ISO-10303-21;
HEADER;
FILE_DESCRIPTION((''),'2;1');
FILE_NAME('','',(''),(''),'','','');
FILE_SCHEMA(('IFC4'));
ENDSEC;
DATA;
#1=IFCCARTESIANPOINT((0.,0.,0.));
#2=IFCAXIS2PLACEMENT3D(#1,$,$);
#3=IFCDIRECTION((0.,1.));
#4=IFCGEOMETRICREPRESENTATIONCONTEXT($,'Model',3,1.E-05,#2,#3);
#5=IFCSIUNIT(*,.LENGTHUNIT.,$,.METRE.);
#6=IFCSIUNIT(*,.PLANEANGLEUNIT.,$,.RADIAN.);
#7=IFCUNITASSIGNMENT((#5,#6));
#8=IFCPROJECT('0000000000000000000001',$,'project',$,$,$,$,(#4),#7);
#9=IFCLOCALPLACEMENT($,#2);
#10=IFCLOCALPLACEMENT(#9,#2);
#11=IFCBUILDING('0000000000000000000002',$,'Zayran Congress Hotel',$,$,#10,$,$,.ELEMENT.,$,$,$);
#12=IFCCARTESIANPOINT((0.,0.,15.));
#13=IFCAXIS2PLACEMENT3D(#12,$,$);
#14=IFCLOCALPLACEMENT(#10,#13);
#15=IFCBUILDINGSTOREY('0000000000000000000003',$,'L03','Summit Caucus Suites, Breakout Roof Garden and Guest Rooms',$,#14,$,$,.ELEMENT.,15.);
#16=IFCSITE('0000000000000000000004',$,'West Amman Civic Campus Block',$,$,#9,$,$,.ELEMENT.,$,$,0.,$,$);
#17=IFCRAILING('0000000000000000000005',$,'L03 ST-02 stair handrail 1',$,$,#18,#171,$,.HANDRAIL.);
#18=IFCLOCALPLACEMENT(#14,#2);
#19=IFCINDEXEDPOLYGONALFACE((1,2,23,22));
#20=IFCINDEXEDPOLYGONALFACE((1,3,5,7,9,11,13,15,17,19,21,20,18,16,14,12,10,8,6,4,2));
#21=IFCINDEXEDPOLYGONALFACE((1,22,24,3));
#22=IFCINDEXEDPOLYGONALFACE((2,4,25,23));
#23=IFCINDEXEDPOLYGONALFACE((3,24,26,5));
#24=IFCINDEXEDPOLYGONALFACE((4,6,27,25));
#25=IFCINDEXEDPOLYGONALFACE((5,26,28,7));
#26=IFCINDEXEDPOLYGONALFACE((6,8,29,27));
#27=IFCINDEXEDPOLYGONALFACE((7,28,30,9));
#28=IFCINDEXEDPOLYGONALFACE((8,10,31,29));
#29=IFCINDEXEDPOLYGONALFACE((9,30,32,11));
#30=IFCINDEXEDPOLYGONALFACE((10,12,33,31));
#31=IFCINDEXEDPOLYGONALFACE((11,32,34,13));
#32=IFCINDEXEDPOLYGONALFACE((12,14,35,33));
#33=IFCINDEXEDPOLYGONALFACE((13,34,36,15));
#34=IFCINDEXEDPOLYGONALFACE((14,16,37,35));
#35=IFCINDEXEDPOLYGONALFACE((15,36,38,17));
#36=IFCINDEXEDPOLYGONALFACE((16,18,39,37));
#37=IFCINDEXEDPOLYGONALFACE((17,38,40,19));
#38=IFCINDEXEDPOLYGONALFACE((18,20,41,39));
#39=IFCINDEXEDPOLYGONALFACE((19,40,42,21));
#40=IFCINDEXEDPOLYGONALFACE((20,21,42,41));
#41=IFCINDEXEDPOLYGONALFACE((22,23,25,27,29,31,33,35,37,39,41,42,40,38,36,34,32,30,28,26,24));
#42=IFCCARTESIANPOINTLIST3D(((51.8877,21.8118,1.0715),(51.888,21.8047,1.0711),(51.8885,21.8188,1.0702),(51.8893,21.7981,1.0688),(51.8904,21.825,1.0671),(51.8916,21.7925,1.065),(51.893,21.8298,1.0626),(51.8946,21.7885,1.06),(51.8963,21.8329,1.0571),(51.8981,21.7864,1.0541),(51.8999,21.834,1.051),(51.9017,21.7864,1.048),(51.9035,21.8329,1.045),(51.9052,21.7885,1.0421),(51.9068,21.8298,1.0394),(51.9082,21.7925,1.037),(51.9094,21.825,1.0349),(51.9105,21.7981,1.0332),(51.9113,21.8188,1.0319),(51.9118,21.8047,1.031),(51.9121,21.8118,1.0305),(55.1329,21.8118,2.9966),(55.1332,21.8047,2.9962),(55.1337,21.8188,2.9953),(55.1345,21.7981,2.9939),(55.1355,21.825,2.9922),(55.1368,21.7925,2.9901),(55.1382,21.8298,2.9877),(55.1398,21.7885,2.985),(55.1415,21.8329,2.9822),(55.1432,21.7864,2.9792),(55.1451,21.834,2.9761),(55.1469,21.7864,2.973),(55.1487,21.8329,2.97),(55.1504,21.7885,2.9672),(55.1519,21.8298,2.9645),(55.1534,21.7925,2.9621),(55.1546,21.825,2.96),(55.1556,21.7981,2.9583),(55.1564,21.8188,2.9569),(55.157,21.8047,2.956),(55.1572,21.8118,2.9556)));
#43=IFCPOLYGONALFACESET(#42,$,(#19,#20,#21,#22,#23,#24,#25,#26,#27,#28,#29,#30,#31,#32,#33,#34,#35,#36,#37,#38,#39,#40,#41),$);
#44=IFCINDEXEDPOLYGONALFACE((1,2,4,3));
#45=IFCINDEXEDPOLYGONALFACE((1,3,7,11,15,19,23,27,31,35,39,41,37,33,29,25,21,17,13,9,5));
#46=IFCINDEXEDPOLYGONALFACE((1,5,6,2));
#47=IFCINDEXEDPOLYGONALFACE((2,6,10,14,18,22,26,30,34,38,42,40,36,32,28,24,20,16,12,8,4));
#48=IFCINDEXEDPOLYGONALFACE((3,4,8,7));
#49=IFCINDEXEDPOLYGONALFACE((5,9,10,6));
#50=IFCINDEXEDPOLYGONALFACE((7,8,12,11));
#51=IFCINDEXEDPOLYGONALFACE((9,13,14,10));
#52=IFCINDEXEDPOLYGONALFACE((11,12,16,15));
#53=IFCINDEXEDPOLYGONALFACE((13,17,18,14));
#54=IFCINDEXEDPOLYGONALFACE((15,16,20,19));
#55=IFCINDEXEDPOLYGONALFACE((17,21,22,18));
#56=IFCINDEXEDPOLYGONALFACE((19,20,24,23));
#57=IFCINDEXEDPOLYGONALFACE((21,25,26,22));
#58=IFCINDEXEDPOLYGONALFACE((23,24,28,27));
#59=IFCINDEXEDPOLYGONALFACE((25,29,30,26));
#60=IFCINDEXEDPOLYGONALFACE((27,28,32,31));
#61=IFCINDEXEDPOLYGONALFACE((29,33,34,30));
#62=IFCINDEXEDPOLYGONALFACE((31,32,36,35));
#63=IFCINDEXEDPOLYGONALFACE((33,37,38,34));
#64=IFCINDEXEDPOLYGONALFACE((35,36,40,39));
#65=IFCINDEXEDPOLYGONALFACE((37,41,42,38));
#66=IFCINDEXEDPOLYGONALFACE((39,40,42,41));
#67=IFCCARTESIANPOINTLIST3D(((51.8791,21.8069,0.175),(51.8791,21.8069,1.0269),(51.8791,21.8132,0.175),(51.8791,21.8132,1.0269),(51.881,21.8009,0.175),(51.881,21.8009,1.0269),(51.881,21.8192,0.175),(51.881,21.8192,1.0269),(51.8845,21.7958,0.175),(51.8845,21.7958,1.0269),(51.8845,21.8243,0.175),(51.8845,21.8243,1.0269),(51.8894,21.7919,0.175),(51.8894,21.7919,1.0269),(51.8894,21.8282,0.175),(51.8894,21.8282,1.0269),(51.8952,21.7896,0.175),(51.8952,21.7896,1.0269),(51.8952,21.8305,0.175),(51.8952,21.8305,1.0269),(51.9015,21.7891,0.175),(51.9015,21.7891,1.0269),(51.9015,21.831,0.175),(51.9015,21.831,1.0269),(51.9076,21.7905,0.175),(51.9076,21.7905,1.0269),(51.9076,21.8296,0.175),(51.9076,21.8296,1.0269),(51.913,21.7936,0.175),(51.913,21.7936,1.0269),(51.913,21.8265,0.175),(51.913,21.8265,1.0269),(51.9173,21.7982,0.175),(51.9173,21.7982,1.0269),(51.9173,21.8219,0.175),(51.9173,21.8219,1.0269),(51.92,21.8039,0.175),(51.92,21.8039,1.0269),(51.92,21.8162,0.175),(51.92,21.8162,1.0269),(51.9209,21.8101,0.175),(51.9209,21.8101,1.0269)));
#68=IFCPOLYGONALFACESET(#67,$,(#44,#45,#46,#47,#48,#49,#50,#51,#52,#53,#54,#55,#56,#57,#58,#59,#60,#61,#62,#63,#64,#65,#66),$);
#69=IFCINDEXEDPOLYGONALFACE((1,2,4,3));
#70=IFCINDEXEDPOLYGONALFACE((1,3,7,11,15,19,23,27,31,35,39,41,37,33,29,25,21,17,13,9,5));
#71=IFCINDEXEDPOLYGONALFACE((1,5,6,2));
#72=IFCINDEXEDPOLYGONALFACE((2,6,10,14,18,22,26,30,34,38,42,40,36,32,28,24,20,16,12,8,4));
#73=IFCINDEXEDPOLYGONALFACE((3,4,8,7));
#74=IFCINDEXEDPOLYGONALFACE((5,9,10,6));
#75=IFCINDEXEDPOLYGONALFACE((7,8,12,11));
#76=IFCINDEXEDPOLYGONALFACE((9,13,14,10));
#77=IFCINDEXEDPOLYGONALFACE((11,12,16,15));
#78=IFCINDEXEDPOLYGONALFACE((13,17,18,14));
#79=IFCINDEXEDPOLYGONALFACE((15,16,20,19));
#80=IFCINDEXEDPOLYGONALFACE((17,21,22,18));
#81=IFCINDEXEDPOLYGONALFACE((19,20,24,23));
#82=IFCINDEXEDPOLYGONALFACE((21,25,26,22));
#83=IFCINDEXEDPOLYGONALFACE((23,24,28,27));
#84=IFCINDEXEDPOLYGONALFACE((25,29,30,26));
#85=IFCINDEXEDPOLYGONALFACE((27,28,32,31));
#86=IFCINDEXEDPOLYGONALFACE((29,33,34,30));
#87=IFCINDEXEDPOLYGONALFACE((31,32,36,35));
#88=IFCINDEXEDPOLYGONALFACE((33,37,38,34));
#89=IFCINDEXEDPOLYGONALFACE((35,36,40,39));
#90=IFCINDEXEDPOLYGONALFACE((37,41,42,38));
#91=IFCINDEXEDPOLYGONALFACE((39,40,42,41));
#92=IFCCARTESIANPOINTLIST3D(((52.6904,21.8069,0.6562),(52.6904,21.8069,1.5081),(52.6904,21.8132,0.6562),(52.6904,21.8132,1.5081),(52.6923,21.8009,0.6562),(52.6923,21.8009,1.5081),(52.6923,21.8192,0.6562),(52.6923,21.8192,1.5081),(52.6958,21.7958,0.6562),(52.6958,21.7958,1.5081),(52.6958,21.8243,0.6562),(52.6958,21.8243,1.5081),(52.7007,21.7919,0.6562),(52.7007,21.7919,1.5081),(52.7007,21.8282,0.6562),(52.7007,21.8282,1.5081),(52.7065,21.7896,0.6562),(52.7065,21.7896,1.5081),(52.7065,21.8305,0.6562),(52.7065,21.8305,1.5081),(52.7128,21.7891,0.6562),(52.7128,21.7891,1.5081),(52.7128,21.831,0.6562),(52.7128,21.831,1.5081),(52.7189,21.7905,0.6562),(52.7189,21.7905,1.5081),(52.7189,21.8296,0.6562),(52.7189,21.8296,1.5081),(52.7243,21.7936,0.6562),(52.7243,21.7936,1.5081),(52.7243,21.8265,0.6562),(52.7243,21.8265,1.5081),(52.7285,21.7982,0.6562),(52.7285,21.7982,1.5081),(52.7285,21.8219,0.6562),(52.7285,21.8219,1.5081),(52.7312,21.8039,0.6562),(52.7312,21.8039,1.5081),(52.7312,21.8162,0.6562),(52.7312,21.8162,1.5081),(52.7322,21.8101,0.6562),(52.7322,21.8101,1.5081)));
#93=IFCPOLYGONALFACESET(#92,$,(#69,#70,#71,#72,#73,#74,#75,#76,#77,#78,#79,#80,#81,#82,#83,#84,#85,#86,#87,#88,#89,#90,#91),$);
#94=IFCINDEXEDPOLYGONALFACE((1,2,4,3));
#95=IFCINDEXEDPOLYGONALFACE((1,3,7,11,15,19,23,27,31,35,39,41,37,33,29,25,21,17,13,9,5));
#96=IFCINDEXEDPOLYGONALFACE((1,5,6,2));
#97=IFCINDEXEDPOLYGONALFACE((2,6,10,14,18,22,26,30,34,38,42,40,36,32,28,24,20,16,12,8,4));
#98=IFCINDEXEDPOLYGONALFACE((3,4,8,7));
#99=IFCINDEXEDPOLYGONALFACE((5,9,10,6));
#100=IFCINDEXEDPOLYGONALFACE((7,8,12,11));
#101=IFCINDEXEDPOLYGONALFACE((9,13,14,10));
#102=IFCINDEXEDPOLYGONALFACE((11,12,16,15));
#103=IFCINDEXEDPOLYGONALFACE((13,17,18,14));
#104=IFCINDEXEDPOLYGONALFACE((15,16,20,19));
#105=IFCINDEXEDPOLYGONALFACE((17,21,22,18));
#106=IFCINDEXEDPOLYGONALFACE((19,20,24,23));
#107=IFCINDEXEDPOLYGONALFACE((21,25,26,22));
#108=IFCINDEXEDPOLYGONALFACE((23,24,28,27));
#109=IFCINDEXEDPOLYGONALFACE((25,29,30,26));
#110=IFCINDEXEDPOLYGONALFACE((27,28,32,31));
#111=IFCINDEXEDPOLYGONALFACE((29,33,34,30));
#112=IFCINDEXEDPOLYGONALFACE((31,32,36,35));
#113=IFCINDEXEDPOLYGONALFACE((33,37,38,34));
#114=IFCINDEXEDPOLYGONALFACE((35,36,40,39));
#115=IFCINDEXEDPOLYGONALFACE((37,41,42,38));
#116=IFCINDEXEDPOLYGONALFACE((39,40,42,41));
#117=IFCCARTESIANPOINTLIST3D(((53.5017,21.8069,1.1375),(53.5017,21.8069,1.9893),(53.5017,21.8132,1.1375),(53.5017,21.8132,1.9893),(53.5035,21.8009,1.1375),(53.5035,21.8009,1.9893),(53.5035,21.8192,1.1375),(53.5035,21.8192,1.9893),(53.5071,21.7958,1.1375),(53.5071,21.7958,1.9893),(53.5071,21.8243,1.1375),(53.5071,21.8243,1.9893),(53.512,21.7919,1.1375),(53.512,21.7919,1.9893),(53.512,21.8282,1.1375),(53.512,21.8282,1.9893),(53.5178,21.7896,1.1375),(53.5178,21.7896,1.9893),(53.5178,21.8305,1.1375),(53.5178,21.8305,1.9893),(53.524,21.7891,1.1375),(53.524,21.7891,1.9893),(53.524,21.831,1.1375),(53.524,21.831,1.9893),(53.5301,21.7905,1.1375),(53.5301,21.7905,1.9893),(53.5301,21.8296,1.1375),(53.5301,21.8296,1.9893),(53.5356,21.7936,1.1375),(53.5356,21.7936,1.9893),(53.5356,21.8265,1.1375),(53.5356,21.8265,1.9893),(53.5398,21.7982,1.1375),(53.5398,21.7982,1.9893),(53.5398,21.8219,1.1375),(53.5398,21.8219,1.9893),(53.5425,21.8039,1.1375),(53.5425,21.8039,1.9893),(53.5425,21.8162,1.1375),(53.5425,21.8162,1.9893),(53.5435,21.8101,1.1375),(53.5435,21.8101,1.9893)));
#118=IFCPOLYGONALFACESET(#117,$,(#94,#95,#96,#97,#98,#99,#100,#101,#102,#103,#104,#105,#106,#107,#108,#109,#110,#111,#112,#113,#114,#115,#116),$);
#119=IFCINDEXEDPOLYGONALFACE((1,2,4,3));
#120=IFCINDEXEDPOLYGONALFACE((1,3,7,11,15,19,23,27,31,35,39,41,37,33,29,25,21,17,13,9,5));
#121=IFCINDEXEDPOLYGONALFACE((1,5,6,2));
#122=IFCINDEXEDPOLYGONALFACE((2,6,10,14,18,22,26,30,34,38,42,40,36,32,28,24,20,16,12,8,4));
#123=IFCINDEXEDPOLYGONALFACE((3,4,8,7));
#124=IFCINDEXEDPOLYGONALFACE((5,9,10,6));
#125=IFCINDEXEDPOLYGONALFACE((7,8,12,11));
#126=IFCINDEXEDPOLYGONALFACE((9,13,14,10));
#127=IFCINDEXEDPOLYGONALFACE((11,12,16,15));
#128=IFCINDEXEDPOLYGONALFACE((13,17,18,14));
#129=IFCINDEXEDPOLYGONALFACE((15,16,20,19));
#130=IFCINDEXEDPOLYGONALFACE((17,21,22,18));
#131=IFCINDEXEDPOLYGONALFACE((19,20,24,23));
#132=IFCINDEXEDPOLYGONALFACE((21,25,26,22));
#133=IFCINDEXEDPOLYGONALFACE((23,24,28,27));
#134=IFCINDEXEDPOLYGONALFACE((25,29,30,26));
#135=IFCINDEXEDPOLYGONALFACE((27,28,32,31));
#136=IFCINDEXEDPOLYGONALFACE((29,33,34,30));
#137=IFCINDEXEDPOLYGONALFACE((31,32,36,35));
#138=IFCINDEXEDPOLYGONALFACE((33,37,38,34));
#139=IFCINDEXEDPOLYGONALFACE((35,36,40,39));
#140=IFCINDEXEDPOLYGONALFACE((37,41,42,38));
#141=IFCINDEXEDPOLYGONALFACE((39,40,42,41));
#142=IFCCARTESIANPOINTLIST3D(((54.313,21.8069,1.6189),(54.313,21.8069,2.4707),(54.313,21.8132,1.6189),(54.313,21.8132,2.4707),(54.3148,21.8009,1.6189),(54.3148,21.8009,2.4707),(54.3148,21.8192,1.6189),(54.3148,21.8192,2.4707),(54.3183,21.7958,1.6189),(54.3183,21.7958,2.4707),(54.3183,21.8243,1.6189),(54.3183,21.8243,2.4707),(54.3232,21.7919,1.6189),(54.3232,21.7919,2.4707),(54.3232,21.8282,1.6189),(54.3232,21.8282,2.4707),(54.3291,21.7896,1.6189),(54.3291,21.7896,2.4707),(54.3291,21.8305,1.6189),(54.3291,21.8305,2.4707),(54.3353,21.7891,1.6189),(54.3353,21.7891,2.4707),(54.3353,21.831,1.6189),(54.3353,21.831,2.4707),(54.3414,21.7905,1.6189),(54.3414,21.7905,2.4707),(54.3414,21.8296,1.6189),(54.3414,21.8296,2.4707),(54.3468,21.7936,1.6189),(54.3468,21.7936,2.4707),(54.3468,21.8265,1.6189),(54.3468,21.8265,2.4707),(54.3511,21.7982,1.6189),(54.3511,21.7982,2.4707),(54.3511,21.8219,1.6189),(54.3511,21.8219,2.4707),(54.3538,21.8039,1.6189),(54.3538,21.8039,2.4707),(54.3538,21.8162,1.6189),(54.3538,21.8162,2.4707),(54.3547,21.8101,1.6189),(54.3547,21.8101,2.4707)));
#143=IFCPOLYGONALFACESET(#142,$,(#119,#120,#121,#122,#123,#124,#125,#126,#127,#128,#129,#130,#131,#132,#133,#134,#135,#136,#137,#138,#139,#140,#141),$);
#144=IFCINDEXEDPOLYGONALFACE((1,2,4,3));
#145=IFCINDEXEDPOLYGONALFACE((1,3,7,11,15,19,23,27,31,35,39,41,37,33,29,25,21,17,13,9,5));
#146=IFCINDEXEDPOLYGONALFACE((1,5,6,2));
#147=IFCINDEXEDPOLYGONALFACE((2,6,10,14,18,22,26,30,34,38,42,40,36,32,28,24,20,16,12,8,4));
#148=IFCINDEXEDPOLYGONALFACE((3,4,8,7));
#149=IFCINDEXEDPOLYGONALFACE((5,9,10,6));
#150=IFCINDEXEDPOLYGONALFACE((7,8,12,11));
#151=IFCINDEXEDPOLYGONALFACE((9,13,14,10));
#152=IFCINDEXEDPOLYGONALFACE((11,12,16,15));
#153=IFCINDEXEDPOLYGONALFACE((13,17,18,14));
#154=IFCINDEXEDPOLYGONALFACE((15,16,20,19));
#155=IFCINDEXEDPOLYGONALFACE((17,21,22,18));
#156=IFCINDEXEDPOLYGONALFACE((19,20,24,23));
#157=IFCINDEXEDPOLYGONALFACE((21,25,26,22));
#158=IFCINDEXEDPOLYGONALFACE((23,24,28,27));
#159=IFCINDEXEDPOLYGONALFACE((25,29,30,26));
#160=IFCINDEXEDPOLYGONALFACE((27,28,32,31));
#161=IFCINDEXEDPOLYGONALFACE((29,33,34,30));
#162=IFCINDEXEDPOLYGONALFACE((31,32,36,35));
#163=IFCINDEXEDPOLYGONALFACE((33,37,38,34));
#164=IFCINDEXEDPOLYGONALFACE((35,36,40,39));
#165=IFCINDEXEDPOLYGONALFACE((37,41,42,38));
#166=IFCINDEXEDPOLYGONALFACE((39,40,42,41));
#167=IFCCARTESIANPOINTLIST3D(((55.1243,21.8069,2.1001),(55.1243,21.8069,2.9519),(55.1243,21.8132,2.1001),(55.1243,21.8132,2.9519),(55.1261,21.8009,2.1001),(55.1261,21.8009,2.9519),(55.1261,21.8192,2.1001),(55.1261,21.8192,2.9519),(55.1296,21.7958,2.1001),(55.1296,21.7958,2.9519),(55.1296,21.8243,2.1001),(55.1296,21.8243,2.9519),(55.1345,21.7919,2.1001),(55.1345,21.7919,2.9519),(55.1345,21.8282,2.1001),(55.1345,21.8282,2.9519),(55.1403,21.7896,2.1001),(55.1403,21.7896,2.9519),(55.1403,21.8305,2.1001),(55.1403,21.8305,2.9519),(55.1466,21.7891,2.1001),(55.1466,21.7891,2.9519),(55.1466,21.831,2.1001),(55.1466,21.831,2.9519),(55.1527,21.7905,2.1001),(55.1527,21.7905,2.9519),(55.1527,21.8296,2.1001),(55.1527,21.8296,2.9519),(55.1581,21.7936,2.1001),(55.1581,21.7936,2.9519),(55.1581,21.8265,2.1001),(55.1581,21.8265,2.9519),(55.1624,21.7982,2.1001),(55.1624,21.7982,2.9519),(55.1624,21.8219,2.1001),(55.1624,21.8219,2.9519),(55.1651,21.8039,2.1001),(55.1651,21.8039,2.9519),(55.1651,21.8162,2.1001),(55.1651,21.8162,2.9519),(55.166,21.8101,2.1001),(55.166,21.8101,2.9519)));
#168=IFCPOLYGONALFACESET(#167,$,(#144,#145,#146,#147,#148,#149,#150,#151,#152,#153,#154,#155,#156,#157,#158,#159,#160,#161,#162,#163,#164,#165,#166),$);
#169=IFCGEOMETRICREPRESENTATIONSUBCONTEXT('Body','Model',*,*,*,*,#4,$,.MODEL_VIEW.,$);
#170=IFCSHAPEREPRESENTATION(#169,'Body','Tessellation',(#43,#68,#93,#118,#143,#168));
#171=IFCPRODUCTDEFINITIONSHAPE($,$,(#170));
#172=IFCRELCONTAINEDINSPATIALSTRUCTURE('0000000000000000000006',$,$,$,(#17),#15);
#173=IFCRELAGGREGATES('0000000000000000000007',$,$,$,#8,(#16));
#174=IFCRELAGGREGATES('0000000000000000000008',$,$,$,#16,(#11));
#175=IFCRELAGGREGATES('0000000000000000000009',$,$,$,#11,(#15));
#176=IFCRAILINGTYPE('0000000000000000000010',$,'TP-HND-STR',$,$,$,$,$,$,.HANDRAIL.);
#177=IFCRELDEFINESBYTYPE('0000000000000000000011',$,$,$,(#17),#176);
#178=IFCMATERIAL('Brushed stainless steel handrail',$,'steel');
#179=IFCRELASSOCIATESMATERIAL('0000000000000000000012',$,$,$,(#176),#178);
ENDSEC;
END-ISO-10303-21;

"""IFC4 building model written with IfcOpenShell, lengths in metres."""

from ifc_helpers import new_model, si_unit, direction, frame, origin, origin_2d, place, context, subcontext, project, spatial, circle, extrude, material, type_object, element, save


model = new_model("IFC4")

# Units and contexts
model_context = context("Model", 3, precision=1e-05, world=origin(), true_north=direction((0.0, 1.0)))
body_context = subcontext(model_context, "Body", "Model", "MODEL_VIEW")
ifc_project = project(units=[si_unit("LENGTHUNIT", "METRE"), si_unit("PLANEANGLEUNIT", "RADIAN")], contexts=[model_context])

# Site, building, storey
site_placement = place(None, origin())
site = spatial("IfcSite", under=ifc_project, at=site_placement, Name="West Amman Civic Campus Block", CompositionType="ELEMENT", RefElevation=0.0)
building_placement = place(site_placement, origin())
building = spatial("IfcBuilding", under=site, at=building_placement, Name="Zayran Congress Hotel", CompositionType="ELEMENT")
storey_placement = place(building_placement, frame((0.0, 0.0, 15.0)))
storey = spatial("IfcBuildingStorey", under=building, at=storey_placement, Name="L03", Description="Summit Caucus Suites, Breakout Roof Garden and Guest Rooms", CompositionType="ELEMENT", Elevation=15.0)

# Railing
ifc_material_1 = material(Name="Brushed stainless steel handrail", Category="steel")
railing_type_1 = type_object("IfcRailingType", Name="TP-HND-STR", PredefinedType="HANDRAIL", material=ifc_material_1)
railing_1_placement = place(storey_placement, frame((51.8999, 21.8101, 0.175)))
element("IfcRailing", 1, at=railing_1_placement, inside=storey, type_object=railing_type_1, Name="L03 ST-02 stair handrail 1", PredefinedType="HANDRAIL", context=body_context, shape_type="SweptSolid", body=[
    extrude(circle(Radius=0.0239, at=origin_2d()), frame((0.0, 0.0, 0.876), z_axis=(0.860057, 0.0, 0.510198), x_axis=(0.0, 1.0, 0.0)), (0.0, 0.0, 1.0), 3.7732),
    extrude(circle(Radius=0.021, at=origin_2d()), origin(), (0.0, 0.0, 1.0), 0.8518),
    extrude(circle(Radius=0.021, at=origin_2d()), frame((0.8113, 0.0, 0.4812)), (0.0, 0.0, 1.0), 0.8518),
    extrude(circle(Radius=0.021, at=origin_2d()), frame((1.6226, 0.0, 0.9624)), (0.0, 0.0, 1.0), 0.8518),
    extrude(circle(Radius=0.021, at=origin_2d()), frame((2.4338, 0.0, 1.4438)), (0.0, 0.0, 1.0), 0.8518),
    extrude(circle(Radius=0.021, at=origin_2d()), frame((3.2451, 0.0, 1.925)), (0.0, 0.0, 1.0), 0.8518),
])

save(model, "model.ifc")
